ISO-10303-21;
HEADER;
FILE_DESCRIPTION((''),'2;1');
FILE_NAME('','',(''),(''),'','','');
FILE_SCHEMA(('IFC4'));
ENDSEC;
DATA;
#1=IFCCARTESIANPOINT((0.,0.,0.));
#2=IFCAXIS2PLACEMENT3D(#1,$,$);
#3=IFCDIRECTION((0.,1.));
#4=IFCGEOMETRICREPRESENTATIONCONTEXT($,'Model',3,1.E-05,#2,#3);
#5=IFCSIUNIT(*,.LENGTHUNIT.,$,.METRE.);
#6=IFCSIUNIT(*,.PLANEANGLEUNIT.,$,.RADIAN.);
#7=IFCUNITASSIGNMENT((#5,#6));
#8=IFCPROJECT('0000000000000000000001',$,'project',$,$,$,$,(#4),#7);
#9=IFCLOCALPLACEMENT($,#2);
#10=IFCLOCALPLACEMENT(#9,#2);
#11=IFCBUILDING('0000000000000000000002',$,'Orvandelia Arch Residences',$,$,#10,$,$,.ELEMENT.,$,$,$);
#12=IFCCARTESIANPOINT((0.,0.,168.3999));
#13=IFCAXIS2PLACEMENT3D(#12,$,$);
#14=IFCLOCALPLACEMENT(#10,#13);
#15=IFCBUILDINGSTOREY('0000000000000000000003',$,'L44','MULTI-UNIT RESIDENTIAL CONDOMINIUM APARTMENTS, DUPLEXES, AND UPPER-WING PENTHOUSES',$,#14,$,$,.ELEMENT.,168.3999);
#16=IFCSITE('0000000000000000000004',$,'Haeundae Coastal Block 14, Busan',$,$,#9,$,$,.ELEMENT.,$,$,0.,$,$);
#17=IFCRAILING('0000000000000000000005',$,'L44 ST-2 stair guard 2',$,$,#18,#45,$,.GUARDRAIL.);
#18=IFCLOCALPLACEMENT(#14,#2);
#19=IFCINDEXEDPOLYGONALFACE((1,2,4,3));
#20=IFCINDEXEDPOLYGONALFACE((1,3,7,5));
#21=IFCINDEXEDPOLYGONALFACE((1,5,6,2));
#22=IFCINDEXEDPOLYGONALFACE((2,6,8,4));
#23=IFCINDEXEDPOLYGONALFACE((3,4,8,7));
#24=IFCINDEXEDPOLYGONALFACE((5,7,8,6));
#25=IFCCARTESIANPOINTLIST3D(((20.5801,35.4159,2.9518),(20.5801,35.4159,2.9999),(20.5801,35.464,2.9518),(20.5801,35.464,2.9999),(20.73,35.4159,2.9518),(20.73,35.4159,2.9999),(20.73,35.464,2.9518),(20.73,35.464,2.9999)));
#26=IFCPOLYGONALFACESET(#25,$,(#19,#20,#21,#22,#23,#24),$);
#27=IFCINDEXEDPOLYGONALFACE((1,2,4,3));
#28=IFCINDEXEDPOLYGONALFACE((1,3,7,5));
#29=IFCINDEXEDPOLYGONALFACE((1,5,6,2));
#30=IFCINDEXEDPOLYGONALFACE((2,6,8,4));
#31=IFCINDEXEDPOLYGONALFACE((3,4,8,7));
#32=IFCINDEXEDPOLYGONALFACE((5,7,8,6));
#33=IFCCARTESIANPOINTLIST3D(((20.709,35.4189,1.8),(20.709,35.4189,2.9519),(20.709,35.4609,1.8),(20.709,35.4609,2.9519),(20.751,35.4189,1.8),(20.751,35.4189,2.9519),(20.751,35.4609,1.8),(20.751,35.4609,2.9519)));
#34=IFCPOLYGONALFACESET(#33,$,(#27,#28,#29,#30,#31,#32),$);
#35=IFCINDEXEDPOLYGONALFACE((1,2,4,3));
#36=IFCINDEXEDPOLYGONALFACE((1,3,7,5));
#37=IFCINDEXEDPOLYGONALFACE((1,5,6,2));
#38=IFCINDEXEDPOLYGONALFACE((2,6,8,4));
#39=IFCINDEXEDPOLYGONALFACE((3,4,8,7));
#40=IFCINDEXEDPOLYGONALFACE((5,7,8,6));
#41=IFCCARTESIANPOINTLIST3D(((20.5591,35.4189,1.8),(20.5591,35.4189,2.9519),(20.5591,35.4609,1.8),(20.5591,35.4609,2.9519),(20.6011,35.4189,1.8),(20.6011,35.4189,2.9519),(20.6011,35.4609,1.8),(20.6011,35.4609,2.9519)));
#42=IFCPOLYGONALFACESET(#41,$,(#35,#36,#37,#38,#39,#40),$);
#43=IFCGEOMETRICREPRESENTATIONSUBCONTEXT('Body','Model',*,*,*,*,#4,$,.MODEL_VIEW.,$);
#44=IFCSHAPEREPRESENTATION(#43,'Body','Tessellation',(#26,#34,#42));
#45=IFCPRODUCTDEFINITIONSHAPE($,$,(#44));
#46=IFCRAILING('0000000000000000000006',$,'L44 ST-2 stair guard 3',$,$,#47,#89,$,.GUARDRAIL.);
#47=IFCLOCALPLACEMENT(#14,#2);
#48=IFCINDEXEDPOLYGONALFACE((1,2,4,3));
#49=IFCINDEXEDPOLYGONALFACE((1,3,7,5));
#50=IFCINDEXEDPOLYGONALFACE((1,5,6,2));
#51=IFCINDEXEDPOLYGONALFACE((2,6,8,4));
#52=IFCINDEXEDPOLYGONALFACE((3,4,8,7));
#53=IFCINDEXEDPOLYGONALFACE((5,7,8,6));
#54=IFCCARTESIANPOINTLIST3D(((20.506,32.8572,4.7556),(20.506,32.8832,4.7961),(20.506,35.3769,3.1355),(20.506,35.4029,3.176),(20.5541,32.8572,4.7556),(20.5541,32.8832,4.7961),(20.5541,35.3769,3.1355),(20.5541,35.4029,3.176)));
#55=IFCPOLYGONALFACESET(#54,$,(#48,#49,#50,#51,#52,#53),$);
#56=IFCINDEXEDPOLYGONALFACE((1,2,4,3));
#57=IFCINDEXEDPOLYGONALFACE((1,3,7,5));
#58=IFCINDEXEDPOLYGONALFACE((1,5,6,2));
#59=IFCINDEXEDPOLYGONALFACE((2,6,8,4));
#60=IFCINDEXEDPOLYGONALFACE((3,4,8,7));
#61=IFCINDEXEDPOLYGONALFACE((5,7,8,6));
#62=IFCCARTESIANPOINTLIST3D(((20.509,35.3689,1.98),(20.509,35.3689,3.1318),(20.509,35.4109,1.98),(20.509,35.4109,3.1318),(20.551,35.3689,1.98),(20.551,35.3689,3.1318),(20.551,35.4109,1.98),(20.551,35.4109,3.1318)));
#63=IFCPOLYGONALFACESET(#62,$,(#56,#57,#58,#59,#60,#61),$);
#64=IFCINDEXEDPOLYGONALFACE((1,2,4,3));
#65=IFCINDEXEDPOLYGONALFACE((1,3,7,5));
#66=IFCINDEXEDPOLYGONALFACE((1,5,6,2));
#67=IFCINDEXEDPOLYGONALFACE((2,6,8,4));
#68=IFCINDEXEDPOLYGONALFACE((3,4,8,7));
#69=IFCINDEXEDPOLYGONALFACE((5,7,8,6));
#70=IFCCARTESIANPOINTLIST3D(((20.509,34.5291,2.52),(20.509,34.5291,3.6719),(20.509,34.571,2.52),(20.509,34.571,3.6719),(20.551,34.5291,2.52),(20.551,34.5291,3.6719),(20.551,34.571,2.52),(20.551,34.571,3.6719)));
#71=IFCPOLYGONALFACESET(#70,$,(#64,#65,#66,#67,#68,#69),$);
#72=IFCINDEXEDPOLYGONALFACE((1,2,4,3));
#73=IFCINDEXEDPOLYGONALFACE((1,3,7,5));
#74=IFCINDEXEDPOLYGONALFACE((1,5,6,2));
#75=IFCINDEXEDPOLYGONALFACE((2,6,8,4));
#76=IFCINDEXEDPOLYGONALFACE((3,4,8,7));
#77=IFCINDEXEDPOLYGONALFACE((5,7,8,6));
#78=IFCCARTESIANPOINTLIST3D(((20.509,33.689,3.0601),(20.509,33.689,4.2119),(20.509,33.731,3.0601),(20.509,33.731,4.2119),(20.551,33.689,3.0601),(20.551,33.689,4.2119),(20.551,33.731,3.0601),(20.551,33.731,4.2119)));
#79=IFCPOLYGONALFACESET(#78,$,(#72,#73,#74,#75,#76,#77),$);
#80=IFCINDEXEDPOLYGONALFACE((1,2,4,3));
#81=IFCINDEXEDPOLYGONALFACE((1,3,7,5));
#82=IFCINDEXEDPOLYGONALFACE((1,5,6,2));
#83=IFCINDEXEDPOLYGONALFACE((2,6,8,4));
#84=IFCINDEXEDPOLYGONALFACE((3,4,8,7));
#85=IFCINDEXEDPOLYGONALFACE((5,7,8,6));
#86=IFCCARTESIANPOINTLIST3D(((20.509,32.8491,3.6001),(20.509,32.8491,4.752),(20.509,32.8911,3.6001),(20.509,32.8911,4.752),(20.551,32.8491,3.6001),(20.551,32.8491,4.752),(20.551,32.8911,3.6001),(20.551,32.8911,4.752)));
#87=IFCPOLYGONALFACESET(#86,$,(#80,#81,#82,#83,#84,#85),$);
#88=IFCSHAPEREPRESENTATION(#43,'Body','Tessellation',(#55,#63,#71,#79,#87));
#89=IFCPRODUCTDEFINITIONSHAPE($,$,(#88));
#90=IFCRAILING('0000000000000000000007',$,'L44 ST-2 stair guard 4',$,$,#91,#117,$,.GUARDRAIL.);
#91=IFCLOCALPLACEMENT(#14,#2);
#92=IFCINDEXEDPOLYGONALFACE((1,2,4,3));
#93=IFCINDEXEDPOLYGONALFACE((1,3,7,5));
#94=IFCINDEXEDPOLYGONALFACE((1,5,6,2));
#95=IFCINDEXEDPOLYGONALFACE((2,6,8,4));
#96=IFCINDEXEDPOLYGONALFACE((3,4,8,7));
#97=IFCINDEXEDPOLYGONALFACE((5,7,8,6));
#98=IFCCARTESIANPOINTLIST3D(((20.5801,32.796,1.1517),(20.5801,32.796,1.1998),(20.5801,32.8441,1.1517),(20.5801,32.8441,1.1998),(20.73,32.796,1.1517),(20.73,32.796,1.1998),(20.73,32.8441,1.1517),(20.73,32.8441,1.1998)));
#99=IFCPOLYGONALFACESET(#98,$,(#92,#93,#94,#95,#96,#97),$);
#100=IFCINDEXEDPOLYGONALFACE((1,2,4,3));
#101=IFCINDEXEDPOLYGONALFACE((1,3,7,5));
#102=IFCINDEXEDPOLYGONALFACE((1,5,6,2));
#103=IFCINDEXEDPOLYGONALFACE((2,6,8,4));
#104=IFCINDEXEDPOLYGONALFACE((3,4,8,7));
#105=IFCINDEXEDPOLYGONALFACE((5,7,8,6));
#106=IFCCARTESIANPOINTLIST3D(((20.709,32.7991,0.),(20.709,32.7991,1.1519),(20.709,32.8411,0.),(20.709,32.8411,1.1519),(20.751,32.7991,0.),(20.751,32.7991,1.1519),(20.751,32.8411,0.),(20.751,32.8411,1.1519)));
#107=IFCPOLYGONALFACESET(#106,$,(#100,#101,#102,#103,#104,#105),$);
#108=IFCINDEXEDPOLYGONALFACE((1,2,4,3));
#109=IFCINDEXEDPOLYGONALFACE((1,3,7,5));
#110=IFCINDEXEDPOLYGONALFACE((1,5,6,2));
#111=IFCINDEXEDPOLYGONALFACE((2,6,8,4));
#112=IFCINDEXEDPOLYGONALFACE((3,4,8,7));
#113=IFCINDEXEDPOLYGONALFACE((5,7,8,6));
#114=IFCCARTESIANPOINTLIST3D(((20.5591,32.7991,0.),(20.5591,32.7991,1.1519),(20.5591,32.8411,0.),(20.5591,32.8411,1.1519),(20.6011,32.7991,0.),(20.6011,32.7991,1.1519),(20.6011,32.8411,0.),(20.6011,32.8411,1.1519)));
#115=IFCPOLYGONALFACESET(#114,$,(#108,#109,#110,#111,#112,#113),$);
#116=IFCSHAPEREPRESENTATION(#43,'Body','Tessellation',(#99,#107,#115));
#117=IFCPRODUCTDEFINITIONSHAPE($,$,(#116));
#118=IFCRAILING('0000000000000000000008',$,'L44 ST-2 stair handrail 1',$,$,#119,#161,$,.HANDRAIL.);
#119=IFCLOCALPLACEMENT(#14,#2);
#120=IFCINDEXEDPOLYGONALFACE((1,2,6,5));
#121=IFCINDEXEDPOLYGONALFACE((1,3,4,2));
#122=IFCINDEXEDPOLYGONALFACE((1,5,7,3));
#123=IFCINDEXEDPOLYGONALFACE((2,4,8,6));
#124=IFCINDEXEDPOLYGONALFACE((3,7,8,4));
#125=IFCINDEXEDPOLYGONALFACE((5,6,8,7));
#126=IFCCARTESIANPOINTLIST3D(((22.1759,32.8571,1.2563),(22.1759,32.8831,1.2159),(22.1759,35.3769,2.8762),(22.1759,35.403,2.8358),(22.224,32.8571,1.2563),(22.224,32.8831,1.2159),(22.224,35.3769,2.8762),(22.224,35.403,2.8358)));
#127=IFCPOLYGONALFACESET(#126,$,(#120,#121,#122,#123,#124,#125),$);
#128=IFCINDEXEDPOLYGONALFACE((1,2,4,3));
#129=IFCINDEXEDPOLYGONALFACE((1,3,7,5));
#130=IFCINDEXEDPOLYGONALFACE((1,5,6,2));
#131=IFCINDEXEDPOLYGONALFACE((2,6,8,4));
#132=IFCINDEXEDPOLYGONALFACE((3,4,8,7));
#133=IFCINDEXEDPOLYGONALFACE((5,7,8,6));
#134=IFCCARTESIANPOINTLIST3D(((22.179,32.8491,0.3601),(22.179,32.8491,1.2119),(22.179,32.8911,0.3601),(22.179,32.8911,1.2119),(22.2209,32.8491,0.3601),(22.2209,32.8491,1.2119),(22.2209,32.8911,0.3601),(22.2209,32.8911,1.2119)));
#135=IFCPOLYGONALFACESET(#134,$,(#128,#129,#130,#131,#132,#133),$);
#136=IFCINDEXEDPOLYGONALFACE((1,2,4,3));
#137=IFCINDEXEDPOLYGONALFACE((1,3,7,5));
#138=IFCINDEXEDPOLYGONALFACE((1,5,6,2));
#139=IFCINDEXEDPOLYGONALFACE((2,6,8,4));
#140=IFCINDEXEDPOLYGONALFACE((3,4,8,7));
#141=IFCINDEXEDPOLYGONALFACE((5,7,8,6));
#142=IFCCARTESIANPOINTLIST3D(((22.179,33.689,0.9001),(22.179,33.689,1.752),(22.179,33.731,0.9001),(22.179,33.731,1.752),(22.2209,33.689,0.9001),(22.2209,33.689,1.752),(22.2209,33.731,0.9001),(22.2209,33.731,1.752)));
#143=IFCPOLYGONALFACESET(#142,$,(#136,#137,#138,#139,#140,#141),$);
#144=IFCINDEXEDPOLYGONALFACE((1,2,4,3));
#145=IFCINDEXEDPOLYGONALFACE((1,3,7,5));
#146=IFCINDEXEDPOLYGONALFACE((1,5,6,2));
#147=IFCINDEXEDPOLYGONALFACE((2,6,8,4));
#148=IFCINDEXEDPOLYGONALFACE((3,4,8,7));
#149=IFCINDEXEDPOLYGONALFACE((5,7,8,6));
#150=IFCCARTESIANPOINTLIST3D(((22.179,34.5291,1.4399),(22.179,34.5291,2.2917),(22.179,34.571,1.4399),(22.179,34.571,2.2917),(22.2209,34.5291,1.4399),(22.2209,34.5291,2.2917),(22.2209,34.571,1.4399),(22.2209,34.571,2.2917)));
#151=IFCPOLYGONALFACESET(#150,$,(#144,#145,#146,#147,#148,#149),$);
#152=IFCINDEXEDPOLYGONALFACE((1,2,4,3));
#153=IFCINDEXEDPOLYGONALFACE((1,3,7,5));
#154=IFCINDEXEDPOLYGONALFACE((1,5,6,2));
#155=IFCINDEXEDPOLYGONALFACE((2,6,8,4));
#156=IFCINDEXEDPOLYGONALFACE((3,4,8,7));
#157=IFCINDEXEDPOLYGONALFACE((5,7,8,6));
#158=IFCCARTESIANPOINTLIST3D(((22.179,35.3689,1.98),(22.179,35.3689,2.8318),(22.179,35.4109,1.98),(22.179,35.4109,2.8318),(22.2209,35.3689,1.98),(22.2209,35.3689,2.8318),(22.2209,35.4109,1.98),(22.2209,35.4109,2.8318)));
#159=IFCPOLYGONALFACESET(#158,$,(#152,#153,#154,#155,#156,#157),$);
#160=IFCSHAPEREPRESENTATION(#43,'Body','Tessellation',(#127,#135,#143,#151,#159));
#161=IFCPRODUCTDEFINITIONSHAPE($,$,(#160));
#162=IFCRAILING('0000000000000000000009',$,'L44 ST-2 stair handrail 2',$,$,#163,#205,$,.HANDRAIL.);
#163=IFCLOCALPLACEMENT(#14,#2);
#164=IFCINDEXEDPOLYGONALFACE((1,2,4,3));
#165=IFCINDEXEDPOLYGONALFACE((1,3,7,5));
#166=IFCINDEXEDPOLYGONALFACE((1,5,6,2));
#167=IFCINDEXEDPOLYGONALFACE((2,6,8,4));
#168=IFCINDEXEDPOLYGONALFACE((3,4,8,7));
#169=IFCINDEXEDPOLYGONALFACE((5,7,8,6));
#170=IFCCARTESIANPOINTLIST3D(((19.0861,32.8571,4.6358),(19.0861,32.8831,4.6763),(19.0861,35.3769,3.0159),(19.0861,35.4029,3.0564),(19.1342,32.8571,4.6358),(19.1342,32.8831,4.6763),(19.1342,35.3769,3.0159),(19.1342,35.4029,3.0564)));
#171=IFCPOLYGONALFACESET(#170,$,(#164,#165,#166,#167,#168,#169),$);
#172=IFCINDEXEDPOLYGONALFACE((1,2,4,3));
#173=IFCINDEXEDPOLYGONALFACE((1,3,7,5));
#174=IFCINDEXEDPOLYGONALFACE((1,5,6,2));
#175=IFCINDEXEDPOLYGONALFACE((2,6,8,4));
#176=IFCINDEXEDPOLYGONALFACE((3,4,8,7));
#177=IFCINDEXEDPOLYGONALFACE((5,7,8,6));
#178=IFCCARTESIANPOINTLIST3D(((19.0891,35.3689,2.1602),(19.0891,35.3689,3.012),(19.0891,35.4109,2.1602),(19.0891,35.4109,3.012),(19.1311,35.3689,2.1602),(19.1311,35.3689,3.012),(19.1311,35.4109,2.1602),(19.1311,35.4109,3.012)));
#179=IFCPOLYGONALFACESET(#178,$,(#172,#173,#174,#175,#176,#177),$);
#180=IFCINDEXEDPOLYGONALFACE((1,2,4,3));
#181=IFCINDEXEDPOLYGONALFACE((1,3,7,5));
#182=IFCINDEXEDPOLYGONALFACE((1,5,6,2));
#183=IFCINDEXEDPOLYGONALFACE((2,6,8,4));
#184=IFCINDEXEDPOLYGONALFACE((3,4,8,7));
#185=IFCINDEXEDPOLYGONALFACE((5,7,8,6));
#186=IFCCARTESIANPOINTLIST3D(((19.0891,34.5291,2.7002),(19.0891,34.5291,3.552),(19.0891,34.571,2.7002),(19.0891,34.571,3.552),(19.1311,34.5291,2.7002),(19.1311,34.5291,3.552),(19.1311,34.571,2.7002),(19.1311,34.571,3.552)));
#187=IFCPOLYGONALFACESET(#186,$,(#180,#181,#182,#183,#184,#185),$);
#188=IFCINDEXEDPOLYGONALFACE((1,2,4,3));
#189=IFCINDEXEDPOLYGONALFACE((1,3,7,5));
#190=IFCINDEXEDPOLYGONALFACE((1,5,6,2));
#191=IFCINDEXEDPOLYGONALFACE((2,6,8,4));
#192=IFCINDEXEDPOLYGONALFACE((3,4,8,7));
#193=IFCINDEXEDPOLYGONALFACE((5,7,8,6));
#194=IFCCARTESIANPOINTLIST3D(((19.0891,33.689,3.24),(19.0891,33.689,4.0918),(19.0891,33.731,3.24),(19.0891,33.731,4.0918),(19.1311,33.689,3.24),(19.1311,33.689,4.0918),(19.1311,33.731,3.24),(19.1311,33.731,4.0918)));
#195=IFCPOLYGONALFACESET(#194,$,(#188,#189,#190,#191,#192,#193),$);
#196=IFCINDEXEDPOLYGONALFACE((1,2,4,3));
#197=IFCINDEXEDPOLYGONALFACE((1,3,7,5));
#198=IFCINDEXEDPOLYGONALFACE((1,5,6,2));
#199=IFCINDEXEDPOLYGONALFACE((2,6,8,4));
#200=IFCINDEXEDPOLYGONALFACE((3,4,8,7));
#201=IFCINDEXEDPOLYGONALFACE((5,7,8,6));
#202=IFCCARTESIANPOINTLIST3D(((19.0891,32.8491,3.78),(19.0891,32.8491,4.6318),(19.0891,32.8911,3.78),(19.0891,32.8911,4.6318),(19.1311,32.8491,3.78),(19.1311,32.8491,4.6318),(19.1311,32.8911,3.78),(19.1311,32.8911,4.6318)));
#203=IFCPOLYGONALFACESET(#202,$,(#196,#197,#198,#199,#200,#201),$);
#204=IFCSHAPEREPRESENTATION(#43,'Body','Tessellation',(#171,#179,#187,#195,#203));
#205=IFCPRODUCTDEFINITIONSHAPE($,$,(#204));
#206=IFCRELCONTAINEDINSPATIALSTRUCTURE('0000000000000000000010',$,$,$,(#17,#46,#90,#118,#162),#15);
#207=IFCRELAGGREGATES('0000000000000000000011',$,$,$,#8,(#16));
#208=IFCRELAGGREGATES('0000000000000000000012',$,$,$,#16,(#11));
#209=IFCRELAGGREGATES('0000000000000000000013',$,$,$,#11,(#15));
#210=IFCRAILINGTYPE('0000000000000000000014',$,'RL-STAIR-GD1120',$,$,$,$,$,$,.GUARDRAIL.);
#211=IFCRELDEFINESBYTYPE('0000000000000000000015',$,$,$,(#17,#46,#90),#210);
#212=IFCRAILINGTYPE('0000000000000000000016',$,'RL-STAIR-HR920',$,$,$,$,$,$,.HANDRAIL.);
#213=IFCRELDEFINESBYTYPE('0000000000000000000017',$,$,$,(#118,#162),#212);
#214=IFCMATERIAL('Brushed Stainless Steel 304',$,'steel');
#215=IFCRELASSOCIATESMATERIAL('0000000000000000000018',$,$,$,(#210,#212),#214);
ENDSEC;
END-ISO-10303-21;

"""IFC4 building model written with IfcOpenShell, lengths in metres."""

from ifc_helpers import new_model, si_unit, direction, frame, origin, origin_2d, place, context, subcontext, project, spatial, rectangle, extrude, material, type_object, element, save


model = new_model("IFC4")

# Units and contexts
model_context = context("Model", 3, precision=1e-05, world=origin(), true_north=direction((0.0, 1.0)))
body_context = subcontext(model_context, "Body", "Model", "MODEL_VIEW")
ifc_project = project(units=[si_unit("LENGTHUNIT", "METRE"), si_unit("PLANEANGLEUNIT", "RADIAN")], contexts=[model_context])

# Site, building, storey
site_placement = place(None, origin())
site = spatial("IfcSite", under=ifc_project, at=site_placement, Name="Haeundae Coastal Block 14, Busan", CompositionType="ELEMENT", RefElevation=0.0)
building_placement = place(site_placement, origin())
building = spatial("IfcBuilding", under=site, at=building_placement, Name="Orvandelia Arch Residences", CompositionType="ELEMENT")
storey_placement = place(building_placement, frame((0.0, 0.0, 168.3999)))
storey = spatial("IfcBuildingStorey", under=building, at=storey_placement, Name="L44", Description="MULTI-UNIT RESIDENTIAL CONDOMINIUM APARTMENTS, DUPLEXES, AND UPPER-WING PENTHOUSES", CompositionType="ELEMENT", Elevation=168.3999)

# Railings
ifc_material_1 = material(Name="Brushed Stainless Steel 304", Category="steel")
railing_type_1 = type_object("IfcRailingType", Name="RL-STAIR-GD1120", PredefinedType="GUARDRAIL", material=ifc_material_1)
railing_1_placement = place(storey_placement, frame((20.73, 35.4399, 1.8)))
element("IfcRailing", 1, at=railing_1_placement, inside=storey, type_object=railing_type_1, Name="L44 ST-2 stair guard 2", PredefinedType="GUARDRAIL", context=body_context, shape_type="SweptSolid", body=[
    extrude(rectangle(XDim=0.0481, YDim=0.0481, at=origin_2d()), frame((0.0, 0.0, 1.1758), z_axis=(-1.0, 0.0, 0.0), x_axis=(0.0, -1.0, 0.0)), (0.0, 0.0, 1.0), 0.1499),
    extrude(rectangle(XDim=0.042, YDim=0.042, at=origin_2d()), origin(), (0.0, 0.0, 1.0), 1.1519),
    extrude(rectangle(XDim=0.042, YDim=0.042, at=origin_2d()), frame((-0.1499, 0.0, 0.0)), (0.0, 0.0, 1.0), 1.1519),
])
railing_2_placement = place(storey_placement, frame((20.53, 35.3899, 1.98)))
element("IfcRailing", 2, at=railing_2_placement, inside=storey, type_object=railing_type_1, Name="L44 ST-2 stair guard 3", PredefinedType="GUARDRAIL", context=body_context, shape_type="SweptSolid", body=[
    extrude(rectangle(XDim=0.0481, YDim=0.0481, at=origin_2d()), frame((0.0, 0.0, 1.1758), z_axis=(0.0, -0.841139, 0.540819), x_axis=(1.0, 0.0, 0.0)), (0.0, 0.0, 1.0), 2.9956),
    extrude(rectangle(XDim=0.042, YDim=0.042, at=origin_2d()), origin(), (0.0, 0.0, 1.0), 1.1519),
    extrude(rectangle(XDim=0.042, YDim=0.042, at=origin_2d()), frame((0.0, -0.8398, 0.54)), (0.0, 0.0, 1.0), 1.1519),
    extrude(rectangle(XDim=0.042, YDim=0.042, at=origin_2d()), frame((0.0, -1.6799, 1.0801)), (0.0, 0.0, 1.0), 1.1519),
    extrude(rectangle(XDim=0.042, YDim=0.042, at=origin_2d()), frame((0.0, -2.5198, 1.6201)), (0.0, 0.0, 1.0), 1.1519),
])
railing_3_placement = place(storey_placement, frame((20.73, 32.8201, 0.0)))
element("IfcRailing", 3, at=railing_3_placement, inside=storey, type_object=railing_type_1, Name="L44 ST-2 stair guard 4", PredefinedType="GUARDRAIL", context=body_context, shape_type="SweptSolid", body=[
    extrude(rectangle(XDim=0.0481, YDim=0.0481, at=origin_2d()), frame((0.0, 0.0, 1.1758), z_axis=(-1.0, 0.0, 0.0), x_axis=(0.0, -1.0, 0.0)), (0.0, 0.0, 1.0), 0.1499),
    extrude(rectangle(XDim=0.042, YDim=0.042, at=origin_2d()), origin(), (0.0, 0.0, 1.0), 1.1519),
    extrude(rectangle(XDim=0.042, YDim=0.042, at=origin_2d()), frame((-0.1499, 0.0, 0.0)), (0.0, 0.0, 1.0), 1.1519),
])
railing_type_2 = type_object("IfcRailingType", Name="RL-STAIR-HR920", PredefinedType="HANDRAIL", material=ifc_material_1)
railing_4_placement = place(storey_placement, frame((22.2, 32.8701, 0.3601)))
element("IfcRailing", 4, at=railing_4_placement, inside=storey, type_object=railing_type_2, Name="L44 ST-2 stair handrail 1", PredefinedType="HANDRAIL", context=body_context, shape_type="SweptSolid", body=[
    extrude(rectangle(XDim=0.0481, YDim=0.0481, at=origin_2d()), frame((0.0, 0.0, 0.876), z_axis=(0.0, 0.841176, 0.540762), x_axis=(-1.0, 0.0, 0.0)), (0.0, 0.0, 1.0), 2.9956),
    extrude(rectangle(XDim=0.042, YDim=0.042, at=origin_2d()), origin(), (0.0, 0.0, 1.0), 0.8518),
    extrude(rectangle(XDim=0.042, YDim=0.042, at=origin_2d()), frame((0.0, 0.8398, 0.54)), (0.0, 0.0, 1.0), 0.8518),
    extrude(rectangle(XDim=0.042, YDim=0.042, at=origin_2d()), frame((0.0, 1.6799, 1.0798)), (0.0, 0.0, 1.0), 0.8518),
    extrude(rectangle(XDim=0.042, YDim=0.042, at=origin_2d()), frame((0.0, 2.5198, 1.6199)), (0.0, 0.0, 1.0), 0.8518),
])
railing_5_placement = place(storey_placement, frame((19.1101, 35.3899, 2.1602)))
element("IfcRailing", 5, at=railing_5_placement, inside=storey, type_object=railing_type_2, Name="L44 ST-2 stair handrail 2", PredefinedType="HANDRAIL", context=body_context, shape_type="SweptSolid", body=[
    extrude(rectangle(XDim=0.0481, YDim=0.0481, at=origin_2d()), frame((0.0, 0.0, 0.876), z_axis=(0.0, -0.841176, 0.540762), x_axis=(1.0, 0.0, 0.0)), (0.0, 0.0, 1.0), 2.9956),
    extrude(rectangle(XDim=0.042, YDim=0.042, at=origin_2d()), origin(), (0.0, 0.0, 1.0), 0.8518),
    extrude(rectangle(XDim=0.042, YDim=0.042, at=origin_2d()), frame((0.0, -0.8398, 0.54)), (0.0, 0.0, 1.0), 0.8518),
    extrude(rectangle(XDim=0.042, YDim=0.042, at=origin_2d()), frame((0.0, -1.6799, 1.0798)), (0.0, 0.0, 1.0), 0.8518),
    extrude(rectangle(XDim=0.042, YDim=0.042, at=origin_2d()), frame((0.0, -2.5198, 1.6199)), (0.0, 0.0, 1.0), 0.8518),
])

save(model, "model.ifc")
